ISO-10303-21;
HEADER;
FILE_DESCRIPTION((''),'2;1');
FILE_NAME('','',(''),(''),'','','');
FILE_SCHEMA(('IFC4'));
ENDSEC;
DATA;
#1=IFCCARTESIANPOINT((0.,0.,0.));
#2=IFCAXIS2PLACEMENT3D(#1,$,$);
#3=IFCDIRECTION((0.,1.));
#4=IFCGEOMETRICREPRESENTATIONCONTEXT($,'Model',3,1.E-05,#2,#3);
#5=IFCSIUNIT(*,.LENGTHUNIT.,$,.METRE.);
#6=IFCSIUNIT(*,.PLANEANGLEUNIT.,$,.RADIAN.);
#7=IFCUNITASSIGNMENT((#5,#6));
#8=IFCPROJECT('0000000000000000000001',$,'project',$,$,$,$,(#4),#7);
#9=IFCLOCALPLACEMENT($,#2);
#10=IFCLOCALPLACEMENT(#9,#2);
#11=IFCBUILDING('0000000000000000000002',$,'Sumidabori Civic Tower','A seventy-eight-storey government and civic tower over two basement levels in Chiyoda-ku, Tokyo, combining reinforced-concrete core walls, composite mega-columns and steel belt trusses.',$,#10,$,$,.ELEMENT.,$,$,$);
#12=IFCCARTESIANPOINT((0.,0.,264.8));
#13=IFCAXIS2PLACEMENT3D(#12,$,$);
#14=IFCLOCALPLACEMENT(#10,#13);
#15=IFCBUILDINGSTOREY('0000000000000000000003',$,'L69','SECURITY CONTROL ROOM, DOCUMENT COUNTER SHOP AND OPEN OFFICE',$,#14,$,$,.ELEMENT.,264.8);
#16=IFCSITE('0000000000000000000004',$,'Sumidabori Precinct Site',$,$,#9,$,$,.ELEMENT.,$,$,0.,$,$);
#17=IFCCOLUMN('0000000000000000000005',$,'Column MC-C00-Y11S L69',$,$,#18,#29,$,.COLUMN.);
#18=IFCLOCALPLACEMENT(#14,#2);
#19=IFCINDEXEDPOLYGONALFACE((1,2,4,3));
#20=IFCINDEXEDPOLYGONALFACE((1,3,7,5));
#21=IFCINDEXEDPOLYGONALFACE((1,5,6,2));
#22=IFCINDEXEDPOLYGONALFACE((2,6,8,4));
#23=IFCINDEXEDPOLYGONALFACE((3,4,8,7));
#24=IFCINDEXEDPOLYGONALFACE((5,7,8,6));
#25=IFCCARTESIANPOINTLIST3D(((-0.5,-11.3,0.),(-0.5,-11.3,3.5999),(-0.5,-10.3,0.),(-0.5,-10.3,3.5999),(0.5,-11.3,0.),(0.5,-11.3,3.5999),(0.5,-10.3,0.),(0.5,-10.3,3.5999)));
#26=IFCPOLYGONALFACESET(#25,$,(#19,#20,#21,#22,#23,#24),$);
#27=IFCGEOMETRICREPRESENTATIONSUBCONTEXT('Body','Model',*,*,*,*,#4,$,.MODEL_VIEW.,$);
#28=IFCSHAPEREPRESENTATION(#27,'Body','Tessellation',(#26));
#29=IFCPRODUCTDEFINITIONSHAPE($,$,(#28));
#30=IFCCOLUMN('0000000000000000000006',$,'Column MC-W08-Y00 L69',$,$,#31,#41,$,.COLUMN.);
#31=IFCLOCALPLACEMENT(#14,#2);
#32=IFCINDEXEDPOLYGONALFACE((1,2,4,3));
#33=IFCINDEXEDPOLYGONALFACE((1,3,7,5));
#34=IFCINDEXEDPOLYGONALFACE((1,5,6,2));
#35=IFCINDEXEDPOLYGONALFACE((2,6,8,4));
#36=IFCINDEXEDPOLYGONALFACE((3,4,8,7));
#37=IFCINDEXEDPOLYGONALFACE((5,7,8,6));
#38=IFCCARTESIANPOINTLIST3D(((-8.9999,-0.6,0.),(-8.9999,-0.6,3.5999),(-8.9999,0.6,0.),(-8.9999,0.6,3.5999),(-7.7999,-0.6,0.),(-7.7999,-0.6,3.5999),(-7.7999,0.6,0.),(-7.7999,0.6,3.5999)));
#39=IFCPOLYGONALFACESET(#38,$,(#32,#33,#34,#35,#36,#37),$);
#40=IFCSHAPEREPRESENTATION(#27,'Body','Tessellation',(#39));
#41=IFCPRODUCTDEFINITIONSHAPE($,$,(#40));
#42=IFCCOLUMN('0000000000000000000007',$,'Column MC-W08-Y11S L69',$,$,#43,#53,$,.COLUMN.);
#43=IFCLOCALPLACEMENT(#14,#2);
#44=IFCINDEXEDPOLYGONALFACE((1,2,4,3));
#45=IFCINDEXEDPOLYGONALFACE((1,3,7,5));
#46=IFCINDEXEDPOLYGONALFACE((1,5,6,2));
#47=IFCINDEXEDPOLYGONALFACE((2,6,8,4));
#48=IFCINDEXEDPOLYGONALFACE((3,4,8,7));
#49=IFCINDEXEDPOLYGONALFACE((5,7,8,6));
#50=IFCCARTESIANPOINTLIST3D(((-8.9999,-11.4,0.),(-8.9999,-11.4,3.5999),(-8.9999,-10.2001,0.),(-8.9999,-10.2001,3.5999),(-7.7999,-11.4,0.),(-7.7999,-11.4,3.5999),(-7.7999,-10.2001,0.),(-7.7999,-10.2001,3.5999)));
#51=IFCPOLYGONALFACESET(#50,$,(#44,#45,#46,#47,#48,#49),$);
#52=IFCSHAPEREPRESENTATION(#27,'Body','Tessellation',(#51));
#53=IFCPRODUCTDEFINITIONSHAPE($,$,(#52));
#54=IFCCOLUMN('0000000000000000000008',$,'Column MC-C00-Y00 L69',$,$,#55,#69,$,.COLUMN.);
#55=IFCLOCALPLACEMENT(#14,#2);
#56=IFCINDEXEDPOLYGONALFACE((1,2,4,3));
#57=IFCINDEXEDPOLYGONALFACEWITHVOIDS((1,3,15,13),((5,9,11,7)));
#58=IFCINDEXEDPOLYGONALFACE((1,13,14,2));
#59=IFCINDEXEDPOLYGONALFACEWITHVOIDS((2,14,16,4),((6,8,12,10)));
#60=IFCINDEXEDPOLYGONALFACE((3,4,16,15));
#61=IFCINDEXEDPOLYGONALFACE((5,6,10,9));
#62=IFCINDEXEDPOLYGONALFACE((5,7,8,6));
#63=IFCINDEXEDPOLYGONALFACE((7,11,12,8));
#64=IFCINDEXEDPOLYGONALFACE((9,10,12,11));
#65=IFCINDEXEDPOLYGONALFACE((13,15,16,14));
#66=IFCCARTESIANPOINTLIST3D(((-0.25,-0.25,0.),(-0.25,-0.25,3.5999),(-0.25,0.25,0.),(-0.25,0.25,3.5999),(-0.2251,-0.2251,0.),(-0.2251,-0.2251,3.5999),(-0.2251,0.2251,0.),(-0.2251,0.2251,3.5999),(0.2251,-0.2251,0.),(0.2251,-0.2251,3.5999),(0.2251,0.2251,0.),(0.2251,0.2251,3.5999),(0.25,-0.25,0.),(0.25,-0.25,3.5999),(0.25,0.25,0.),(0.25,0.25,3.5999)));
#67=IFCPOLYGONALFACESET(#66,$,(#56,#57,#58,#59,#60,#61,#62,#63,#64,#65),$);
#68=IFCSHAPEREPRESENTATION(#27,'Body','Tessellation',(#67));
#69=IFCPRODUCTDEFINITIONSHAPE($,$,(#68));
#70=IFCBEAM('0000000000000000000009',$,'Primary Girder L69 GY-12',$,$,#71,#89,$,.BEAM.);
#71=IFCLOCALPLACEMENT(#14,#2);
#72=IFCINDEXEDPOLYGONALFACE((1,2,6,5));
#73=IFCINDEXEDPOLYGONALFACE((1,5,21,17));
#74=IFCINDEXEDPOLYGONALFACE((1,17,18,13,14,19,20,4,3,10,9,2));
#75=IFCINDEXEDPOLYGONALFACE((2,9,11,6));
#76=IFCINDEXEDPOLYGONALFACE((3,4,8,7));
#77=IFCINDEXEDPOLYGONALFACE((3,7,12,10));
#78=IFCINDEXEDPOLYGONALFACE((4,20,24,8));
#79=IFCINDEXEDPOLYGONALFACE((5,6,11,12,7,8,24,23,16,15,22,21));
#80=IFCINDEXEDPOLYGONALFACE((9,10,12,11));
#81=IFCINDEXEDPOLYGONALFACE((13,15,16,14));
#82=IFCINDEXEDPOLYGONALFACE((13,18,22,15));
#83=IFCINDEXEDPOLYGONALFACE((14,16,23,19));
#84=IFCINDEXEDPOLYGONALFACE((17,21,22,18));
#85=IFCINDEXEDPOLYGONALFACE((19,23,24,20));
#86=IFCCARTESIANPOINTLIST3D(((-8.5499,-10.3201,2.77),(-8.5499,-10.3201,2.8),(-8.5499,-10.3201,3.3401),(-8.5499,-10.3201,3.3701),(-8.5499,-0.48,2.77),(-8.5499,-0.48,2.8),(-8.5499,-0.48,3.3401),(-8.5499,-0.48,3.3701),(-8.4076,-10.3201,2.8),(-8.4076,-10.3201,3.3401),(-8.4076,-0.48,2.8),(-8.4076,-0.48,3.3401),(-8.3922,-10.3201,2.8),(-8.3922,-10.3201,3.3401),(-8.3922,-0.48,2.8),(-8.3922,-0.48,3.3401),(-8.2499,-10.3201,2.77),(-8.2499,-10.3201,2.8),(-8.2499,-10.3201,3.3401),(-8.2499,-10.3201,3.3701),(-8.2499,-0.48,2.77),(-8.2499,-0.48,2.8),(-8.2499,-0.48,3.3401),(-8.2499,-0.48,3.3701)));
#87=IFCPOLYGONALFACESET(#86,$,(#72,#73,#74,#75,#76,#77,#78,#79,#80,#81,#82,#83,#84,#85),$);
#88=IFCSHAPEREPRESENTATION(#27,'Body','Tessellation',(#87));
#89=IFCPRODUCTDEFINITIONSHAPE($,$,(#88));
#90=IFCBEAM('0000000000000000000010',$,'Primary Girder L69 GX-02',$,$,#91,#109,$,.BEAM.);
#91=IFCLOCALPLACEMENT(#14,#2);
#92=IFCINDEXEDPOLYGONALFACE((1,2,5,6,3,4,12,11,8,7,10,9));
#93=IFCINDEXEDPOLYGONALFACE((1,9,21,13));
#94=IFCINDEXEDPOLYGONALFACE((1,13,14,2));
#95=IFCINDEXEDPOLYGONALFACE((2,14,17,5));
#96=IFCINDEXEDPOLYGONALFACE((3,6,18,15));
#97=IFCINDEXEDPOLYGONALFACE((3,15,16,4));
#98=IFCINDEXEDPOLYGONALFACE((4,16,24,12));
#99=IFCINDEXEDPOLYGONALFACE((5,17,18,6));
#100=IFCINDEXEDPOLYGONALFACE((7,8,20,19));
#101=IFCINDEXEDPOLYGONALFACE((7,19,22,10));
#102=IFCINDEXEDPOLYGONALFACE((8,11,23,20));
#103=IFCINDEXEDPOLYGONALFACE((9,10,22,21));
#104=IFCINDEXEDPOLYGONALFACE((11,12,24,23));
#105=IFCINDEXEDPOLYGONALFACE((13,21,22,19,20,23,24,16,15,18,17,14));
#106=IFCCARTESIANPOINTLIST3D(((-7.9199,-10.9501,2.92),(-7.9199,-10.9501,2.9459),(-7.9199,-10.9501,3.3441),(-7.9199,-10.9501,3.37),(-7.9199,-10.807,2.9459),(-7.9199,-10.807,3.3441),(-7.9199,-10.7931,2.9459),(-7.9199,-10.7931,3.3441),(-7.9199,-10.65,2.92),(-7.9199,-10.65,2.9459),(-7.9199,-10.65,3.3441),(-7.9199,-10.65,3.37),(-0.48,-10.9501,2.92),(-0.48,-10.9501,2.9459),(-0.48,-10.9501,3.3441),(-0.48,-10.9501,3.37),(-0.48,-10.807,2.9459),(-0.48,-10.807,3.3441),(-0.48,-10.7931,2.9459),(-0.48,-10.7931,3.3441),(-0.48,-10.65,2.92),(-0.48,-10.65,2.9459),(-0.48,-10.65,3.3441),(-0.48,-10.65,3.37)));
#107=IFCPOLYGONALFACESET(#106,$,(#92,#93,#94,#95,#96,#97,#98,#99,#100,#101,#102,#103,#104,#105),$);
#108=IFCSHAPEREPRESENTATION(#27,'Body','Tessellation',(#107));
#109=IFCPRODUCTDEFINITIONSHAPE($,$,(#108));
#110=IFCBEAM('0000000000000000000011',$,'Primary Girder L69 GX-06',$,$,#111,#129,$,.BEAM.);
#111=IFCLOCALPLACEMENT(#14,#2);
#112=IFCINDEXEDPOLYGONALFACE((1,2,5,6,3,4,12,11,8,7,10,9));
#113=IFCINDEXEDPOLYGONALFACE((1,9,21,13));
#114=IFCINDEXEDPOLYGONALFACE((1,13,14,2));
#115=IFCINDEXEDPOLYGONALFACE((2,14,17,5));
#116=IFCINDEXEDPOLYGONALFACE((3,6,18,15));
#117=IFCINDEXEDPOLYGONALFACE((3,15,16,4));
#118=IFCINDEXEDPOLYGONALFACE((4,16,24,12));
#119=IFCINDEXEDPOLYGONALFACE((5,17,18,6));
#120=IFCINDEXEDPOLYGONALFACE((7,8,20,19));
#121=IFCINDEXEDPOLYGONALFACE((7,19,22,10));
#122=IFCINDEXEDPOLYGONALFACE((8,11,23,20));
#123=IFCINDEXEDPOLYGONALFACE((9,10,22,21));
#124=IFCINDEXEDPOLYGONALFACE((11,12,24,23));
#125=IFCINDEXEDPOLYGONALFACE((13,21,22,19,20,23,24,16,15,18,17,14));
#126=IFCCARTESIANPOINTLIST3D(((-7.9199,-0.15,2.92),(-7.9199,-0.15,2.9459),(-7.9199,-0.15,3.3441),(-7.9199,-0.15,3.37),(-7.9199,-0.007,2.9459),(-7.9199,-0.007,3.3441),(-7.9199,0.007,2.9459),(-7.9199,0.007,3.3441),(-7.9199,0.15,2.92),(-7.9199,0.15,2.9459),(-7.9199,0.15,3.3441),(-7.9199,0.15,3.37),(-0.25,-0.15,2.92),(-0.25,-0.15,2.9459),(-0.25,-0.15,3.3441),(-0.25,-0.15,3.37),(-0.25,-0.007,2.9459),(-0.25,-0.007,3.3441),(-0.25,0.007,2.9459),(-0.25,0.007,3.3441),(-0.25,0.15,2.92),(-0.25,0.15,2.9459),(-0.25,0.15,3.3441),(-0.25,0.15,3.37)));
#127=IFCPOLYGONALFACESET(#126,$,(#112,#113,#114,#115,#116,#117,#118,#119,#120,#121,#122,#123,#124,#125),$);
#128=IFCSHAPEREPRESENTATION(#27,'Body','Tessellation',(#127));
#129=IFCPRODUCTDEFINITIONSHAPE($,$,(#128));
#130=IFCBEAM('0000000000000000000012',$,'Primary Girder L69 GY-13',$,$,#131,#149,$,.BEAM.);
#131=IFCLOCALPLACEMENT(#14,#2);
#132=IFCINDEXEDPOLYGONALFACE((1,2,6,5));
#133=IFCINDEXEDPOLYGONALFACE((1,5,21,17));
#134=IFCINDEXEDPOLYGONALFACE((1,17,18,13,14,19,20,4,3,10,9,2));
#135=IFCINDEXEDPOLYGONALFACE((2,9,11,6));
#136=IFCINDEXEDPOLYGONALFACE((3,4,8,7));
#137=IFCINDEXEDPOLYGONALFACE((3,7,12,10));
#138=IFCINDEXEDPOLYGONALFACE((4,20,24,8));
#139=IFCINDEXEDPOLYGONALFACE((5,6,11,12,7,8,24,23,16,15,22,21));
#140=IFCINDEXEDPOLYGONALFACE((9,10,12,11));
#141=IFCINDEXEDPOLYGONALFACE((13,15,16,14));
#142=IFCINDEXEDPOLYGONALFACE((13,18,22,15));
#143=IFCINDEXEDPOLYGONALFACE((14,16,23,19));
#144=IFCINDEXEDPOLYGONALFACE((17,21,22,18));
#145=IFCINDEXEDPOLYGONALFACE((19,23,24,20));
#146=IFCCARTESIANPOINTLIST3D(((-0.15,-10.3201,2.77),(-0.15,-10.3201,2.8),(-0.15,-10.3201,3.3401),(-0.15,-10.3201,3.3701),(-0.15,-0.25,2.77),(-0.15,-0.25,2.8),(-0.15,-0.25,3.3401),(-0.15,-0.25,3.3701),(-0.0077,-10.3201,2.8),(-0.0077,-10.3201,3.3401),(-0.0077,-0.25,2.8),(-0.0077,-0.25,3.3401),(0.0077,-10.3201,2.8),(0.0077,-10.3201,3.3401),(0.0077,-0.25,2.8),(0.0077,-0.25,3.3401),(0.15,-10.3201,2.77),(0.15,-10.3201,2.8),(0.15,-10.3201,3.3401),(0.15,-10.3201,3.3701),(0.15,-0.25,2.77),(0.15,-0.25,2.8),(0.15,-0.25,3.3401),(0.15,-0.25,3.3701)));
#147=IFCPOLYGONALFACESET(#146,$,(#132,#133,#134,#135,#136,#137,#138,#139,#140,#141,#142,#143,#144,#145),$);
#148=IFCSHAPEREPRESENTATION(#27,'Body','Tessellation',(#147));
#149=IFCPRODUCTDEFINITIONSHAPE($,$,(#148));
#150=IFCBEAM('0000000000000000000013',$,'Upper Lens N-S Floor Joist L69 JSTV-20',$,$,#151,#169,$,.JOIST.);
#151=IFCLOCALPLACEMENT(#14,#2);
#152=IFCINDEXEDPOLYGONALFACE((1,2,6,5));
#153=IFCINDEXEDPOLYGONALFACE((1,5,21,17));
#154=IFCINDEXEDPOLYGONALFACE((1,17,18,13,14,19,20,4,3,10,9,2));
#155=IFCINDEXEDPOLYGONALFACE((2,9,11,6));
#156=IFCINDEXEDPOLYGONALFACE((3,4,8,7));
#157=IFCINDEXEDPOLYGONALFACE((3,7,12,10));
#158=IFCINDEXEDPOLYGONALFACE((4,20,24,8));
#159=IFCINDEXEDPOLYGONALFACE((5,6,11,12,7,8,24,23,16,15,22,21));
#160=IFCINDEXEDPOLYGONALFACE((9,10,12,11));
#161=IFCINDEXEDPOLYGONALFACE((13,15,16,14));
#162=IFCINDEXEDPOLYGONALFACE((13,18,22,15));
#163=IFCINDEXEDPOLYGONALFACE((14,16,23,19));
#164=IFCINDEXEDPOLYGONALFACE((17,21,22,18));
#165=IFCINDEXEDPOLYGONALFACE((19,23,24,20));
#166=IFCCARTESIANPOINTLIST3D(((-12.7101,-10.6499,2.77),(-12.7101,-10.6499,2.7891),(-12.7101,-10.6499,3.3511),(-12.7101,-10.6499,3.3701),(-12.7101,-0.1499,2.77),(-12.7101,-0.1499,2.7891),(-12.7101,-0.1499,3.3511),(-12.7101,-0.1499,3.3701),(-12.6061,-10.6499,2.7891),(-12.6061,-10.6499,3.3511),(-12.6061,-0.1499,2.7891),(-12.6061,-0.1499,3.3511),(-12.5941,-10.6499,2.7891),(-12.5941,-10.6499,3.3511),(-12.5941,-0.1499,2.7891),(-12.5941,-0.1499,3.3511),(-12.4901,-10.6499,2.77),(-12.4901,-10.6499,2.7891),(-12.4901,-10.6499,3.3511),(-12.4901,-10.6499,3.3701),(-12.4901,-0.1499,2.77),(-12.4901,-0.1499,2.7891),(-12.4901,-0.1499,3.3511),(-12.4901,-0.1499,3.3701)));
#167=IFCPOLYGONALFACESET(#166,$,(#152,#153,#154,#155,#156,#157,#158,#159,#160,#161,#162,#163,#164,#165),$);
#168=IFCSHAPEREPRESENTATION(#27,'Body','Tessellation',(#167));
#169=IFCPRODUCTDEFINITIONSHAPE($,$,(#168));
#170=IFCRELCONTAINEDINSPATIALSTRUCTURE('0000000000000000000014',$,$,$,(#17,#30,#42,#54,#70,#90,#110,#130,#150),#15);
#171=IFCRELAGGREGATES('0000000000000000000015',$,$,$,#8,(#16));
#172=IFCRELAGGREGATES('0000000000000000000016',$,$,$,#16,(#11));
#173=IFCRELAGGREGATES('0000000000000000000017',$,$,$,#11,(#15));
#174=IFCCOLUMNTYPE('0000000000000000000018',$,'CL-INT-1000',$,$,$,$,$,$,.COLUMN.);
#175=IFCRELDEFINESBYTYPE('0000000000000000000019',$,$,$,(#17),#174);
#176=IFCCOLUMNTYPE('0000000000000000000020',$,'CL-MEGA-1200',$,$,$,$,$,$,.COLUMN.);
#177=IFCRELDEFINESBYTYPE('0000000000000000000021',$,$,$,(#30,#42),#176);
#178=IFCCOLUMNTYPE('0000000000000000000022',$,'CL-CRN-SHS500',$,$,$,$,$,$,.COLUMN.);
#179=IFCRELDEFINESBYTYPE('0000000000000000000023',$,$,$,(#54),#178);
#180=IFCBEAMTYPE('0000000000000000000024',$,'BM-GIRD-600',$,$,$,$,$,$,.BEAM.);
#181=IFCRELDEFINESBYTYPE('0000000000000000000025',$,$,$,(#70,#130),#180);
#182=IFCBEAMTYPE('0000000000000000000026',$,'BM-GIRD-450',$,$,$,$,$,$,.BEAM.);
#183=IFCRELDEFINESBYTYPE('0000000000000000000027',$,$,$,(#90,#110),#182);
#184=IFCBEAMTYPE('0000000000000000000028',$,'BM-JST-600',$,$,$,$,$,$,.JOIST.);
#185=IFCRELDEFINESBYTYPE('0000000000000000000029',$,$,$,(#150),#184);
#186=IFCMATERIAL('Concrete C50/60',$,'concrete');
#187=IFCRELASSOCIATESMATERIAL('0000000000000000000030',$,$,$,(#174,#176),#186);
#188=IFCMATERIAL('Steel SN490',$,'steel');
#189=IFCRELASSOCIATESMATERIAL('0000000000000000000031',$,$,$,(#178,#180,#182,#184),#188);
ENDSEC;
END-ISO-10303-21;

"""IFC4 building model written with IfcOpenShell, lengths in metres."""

from ifc_helpers import new_model, si_unit, direction, frame, origin, origin_with_axes, origin_2d, place, context, subcontext, project, spatial, rectangle, hollow_rectangle, i_section, extrude, source, transform, mapped, material, material_profile, profile_set, type_object, element, save


model = new_model("IFC4")

# Units and contexts
model_context = context("Model", 3, precision=1e-05, world=origin(), true_north=direction((0.0, 1.0)))
body_context = subcontext(model_context, "Body", "Model", "MODEL_VIEW")
ifc_project = project(units=[si_unit("LENGTHUNIT", "METRE"), si_unit("PLANEANGLEUNIT", "RADIAN")], contexts=[model_context])

# Site, building, storey
site_placement = place(None, origin())
site = spatial("IfcSite", under=ifc_project, at=site_placement, Name="Sumidabori Precinct Site", CompositionType="ELEMENT", RefElevation=0.0)
building_placement = place(site_placement, origin())
building = spatial("IfcBuilding", under=site, at=building_placement, Name="Sumidabori Civic Tower", Description="A seventy-eight-storey government and civic tower over two basement levels in Chiyoda-ku, Tokyo, combining reinforced-concrete core walls, composite mega-columns and steel belt trusses.", CompositionType="ELEMENT")
storey_placement = place(building_placement, frame((0.0, 0.0, 264.8)))
storey = spatial("IfcBuildingStorey", under=building, at=storey_placement, Name="L69", Description="SECURITY CONTROL ROOM, DOCUMENT COUNTER SHOP AND OPEN OFFICE", CompositionType="ELEMENT", Elevation=264.8)

# Columns
ifc_material_1 = material(Name="Concrete C50/60", Category="concrete")
ifc_material_profile_1 = material_profile(ifc_material_1, rectangle(XDim=1.0, YDim=1.0, at=origin_2d()), Name="RC 1000x1000")
ifc_profile_set_1 = profile_set([ifc_material_profile_1], Name="Concrete C50/60")
column_type_1 = type_object("IfcColumnType", Name="CL-INT-1000", PredefinedType="COLUMN", material=ifc_profile_set_1)
shared_shape_1 = source(origin(), body_context, "Body", "SweptSolid", [
    extrude(rectangle(XDim=1.0, YDim=1.0, at=origin_2d()), origin(), (0.0, 0.0, 1.0), 3.5999),
])
column_1_placement = place(storey_placement, frame((0.0, -10.8, 0.0), z_axis=(0.0, 0.0, 1.0), x_axis=(1.0, 0.0, 0.0)))
element("IfcColumn", 1, at=column_1_placement, inside=storey, type_object=column_type_1, Name="Column MC-C00-Y11S L69", PredefinedType="COLUMN", context=body_context, shape_type="MappedRepresentation", body=[
    mapped(shared_shape_1, transform((0.0, 0.0, 0.0), x_axis=(1.0, 0.0, 0.0), y_axis=(0.0, 1.0, 0.0), z_axis=(0.0, 0.0, 1.0), scale=1.0)),
])
ifc_material_profile_2 = material_profile(ifc_material_1, rectangle(XDim=1.2, YDim=1.2, at=origin_2d()), Name="RC 1200x1200")
ifc_profile_set_2 = profile_set([ifc_material_profile_2], Name="Concrete C50/60")
column_type_2 = type_object("IfcColumnType", Name="CL-MEGA-1200", PredefinedType="COLUMN", material=ifc_profile_set_2)
shared_shape_2 = source(origin(), body_context, "Body", "SweptSolid", [
    extrude(rectangle(XDim=1.2, YDim=1.2, at=origin_2d()), origin(), (0.0, 0.0, 1.0), 3.5999),
])
for number, where, z_axis, x_axis, name in (
    (2, (-8.3999, 0.0, 0.0), (0.0, 0.0, 1.0), (1.0, 0.0, 0.0), "Column MC-W08-Y00 L69"),
    (3, (-8.3999, -10.8, 0.0), (0.0, 0.0, 1.0), (1.0, 0.0, 0.0), "Column MC-W08-Y11S L69"),
):
    element("IfcColumn", number, at=place(storey_placement, frame(where, z_axis=z_axis, x_axis=x_axis)), inside=storey, type_object=column_type_2, Name=name, PredefinedType="COLUMN", context=body_context, shape_type="MappedRepresentation", body=[
        mapped(shared_shape_2, transform((0.0, 0.0, 0.0), x_axis=(1.0, 0.0, 0.0), y_axis=(0.0, 1.0, 0.0), z_axis=(0.0, 0.0, 1.0), scale=1.0)),
    ])
ifc_material_2 = material(Name="Steel SN490", Category="steel")
ifc_material_profile_3 = material_profile(ifc_material_2, hollow_rectangle(XDim=0.5, YDim=0.5, WallThickness=0.0249, at=origin_2d()), Name="SHS 500x500x25")
ifc_profile_set_3 = profile_set([ifc_material_profile_3], Name="Steel SN490")
column_type_3 = type_object("IfcColumnType", Name="CL-CRN-SHS500", PredefinedType="COLUMN", material=ifc_profile_set_3)
shared_shape_3 = source(origin(), body_context, "Body", "SweptSolid", [
    extrude(hollow_rectangle(XDim=0.5, YDim=0.5, WallThickness=0.0249, at=origin_2d()), origin(), (0.0, 0.0, 1.0), 3.5999),
])
column_2_placement = place(storey_placement, origin_with_axes())
element("IfcColumn", 4, at=column_2_placement, inside=storey, type_object=column_type_3, Name="Column MC-C00-Y00 L69", PredefinedType="COLUMN", context=body_context, shape_type="MappedRepresentation", body=[
    mapped(shared_shape_3, transform((0.0, 0.0, 0.0), x_axis=(1.0, 0.0, 0.0), y_axis=(0.0, 1.0, 0.0), z_axis=(0.0, 0.0, 1.0), scale=1.0)),
])

# Beams
ifc_material_profile_4 = material_profile(ifc_material_2, i_section(OverallWidth=0.3, OverallDepth=0.6001, WebThickness=0.0154, FlangeThickness=0.03, at=origin_2d()), Name="HE 600 B")
ifc_profile_set_4 = profile_set([ifc_material_profile_4], Name="Steel SN490")
beam_type_1 = type_object("IfcBeamType", Name="BM-GIRD-600", PredefinedType="BEAM", material=ifc_profile_set_4)
shared_shape_4 = source(origin(), body_context, "Body", "SweptSolid", [
    extrude(i_section(OverallWidth=0.3, OverallDepth=0.6001, WebThickness=0.0154, FlangeThickness=0.03, at=origin_2d()), origin(), (0.0, 0.0, 1.0), 9.8401),
])
beam_1_placement = place(storey_placement, frame((-8.3999, -10.3201, 3.0701), z_axis=(0.0, 1.0, 0.0), x_axis=(-1.0, 0.0, 0.0)))
element("IfcBeam", 5, at=beam_1_placement, inside=storey, type_object=beam_type_1, Name="Primary Girder L69 GY-12", PredefinedType="BEAM", context=body_context, shape_type="MappedRepresentation", body=[
    mapped(shared_shape_4, transform((0.0, 0.0, 0.0), x_axis=(1.0, 0.0, 0.0), y_axis=(0.0, 1.0, 0.0), z_axis=(0.0, 0.0, 1.0), scale=1.0)),
])
ifc_material_profile_5 = material_profile(ifc_material_2, i_section(OverallWidth=0.3, OverallDepth=0.45, WebThickness=0.0139, FlangeThickness=0.0259, at=origin_2d()), Name="HE 450 B")
ifc_profile_set_5 = profile_set([ifc_material_profile_5], Name="Steel SN490")
beam_type_2 = type_object("IfcBeamType", Name="BM-GIRD-450", PredefinedType="BEAM", material=ifc_profile_set_5)
shared_shape_5 = source(origin(), body_context, "Body", "SweptSolid", [
    extrude(i_section(OverallWidth=0.3, OverallDepth=0.45, WebThickness=0.0139, FlangeThickness=0.0259, at=origin_2d()), origin(), (0.0, 0.0, 1.0), 7.4399),
])
beam_2_placement = place(storey_placement, frame((-7.9199, -10.8, 3.145), z_axis=(1.0, 0.0, 0.0), x_axis=(0.0, 1.0, 0.0)))
element("IfcBeam", 6, at=beam_2_placement, inside=storey, type_object=beam_type_2, Name="Primary Girder L69 GX-02", PredefinedType="BEAM", context=body_context, shape_type="MappedRepresentation", body=[
    mapped(shared_shape_5, transform((0.0, 0.0, 0.0), x_axis=(1.0, 0.0, 0.0), y_axis=(0.0, 1.0, 0.0), z_axis=(0.0, 0.0, 1.0), scale=1.0)),
])
shared_shape_6 = source(origin(), body_context, "Body", "SweptSolid", [
    extrude(i_section(OverallWidth=0.3, OverallDepth=0.45, WebThickness=0.0139, FlangeThickness=0.0259, at=origin_2d()), origin(), (0.0, 0.0, 1.0), 7.6699),
])
beam_3_placement = place(storey_placement, frame((-7.9199, 0.0, 3.145), z_axis=(1.0, 0.0, 0.0), x_axis=(0.0, 1.0, 0.0)))
element("IfcBeam", 7, at=beam_3_placement, inside=storey, type_object=beam_type_2, Name="Primary Girder L69 GX-06", PredefinedType="BEAM", context=body_context, shape_type="MappedRepresentation", body=[
    mapped(shared_shape_6, transform((0.0, 0.0, 0.0), x_axis=(1.0, 0.0, 0.0), y_axis=(0.0, 1.0, 0.0), z_axis=(0.0, 0.0, 1.0), scale=1.0)),
])
shared_shape_7 = source(origin(), body_context, "Body", "SweptSolid", [
    extrude(i_section(OverallWidth=0.3, OverallDepth=0.6001, WebThickness=0.0154, FlangeThickness=0.03, at=origin_2d()), origin(), (0.0, 0.0, 1.0), 10.0701),
])
beam_4_placement = place(storey_placement, frame((0.0, -10.3201, 3.0701), z_axis=(0.0, 1.0, 0.0), x_axis=(-1.0, 0.0, 0.0)))
element("IfcBeam", 8, at=beam_4_placement, inside=storey, type_object=beam_type_1, Name="Primary Girder L69 GY-13", PredefinedType="BEAM", context=body_context, shape_type="MappedRepresentation", body=[
    mapped(shared_shape_7, transform((0.0, 0.0, 0.0), x_axis=(1.0, 0.0, 0.0), y_axis=(0.0, 1.0, 0.0), z_axis=(0.0, 0.0, 1.0), scale=1.0)),
])
ifc_material_profile_6 = material_profile(ifc_material_2, i_section(OverallWidth=0.22, OverallDepth=0.6001, WebThickness=0.012, FlangeThickness=0.019, at=origin_2d()), Name="IPE 600")
ifc_profile_set_6 = profile_set([ifc_material_profile_6], Name="Steel SN490")
beam_type_3 = type_object("IfcBeamType", Name="BM-JST-600", PredefinedType="JOIST", material=ifc_profile_set_6)
shared_shape_8 = source(origin(), body_context, "Body", "SweptSolid", [
    extrude(i_section(OverallWidth=0.22, OverallDepth=0.6001, WebThickness=0.012, FlangeThickness=0.019, at=origin_2d()), origin(), (0.0, 0.0, 1.0), 10.5),
])
for number, where, z_axis, x_axis, name in (
    (9, (-12.6001, -10.6499, 3.0701), (0.0, 1.0, 0.0), (-1.0, 0.0, 0.0), "Upper Lens N-S Floor Joist L69 JSTV-20"),
):
    element("IfcBeam", number, at=place(storey_placement, frame(where, z_axis=z_axis, x_axis=x_axis)), inside=storey, type_object=beam_type_3, Name=name, PredefinedType="JOIST", context=body_context, shape_type="MappedRepresentation", body=[
        mapped(shared_shape_8, transform((0.0, 0.0, 0.0), x_axis=(1.0, 0.0, 0.0), y_axis=(0.0, 1.0, 0.0), z_axis=(0.0, 0.0, 1.0), scale=1.0)),
    ])

save(model, "model.ifc")
